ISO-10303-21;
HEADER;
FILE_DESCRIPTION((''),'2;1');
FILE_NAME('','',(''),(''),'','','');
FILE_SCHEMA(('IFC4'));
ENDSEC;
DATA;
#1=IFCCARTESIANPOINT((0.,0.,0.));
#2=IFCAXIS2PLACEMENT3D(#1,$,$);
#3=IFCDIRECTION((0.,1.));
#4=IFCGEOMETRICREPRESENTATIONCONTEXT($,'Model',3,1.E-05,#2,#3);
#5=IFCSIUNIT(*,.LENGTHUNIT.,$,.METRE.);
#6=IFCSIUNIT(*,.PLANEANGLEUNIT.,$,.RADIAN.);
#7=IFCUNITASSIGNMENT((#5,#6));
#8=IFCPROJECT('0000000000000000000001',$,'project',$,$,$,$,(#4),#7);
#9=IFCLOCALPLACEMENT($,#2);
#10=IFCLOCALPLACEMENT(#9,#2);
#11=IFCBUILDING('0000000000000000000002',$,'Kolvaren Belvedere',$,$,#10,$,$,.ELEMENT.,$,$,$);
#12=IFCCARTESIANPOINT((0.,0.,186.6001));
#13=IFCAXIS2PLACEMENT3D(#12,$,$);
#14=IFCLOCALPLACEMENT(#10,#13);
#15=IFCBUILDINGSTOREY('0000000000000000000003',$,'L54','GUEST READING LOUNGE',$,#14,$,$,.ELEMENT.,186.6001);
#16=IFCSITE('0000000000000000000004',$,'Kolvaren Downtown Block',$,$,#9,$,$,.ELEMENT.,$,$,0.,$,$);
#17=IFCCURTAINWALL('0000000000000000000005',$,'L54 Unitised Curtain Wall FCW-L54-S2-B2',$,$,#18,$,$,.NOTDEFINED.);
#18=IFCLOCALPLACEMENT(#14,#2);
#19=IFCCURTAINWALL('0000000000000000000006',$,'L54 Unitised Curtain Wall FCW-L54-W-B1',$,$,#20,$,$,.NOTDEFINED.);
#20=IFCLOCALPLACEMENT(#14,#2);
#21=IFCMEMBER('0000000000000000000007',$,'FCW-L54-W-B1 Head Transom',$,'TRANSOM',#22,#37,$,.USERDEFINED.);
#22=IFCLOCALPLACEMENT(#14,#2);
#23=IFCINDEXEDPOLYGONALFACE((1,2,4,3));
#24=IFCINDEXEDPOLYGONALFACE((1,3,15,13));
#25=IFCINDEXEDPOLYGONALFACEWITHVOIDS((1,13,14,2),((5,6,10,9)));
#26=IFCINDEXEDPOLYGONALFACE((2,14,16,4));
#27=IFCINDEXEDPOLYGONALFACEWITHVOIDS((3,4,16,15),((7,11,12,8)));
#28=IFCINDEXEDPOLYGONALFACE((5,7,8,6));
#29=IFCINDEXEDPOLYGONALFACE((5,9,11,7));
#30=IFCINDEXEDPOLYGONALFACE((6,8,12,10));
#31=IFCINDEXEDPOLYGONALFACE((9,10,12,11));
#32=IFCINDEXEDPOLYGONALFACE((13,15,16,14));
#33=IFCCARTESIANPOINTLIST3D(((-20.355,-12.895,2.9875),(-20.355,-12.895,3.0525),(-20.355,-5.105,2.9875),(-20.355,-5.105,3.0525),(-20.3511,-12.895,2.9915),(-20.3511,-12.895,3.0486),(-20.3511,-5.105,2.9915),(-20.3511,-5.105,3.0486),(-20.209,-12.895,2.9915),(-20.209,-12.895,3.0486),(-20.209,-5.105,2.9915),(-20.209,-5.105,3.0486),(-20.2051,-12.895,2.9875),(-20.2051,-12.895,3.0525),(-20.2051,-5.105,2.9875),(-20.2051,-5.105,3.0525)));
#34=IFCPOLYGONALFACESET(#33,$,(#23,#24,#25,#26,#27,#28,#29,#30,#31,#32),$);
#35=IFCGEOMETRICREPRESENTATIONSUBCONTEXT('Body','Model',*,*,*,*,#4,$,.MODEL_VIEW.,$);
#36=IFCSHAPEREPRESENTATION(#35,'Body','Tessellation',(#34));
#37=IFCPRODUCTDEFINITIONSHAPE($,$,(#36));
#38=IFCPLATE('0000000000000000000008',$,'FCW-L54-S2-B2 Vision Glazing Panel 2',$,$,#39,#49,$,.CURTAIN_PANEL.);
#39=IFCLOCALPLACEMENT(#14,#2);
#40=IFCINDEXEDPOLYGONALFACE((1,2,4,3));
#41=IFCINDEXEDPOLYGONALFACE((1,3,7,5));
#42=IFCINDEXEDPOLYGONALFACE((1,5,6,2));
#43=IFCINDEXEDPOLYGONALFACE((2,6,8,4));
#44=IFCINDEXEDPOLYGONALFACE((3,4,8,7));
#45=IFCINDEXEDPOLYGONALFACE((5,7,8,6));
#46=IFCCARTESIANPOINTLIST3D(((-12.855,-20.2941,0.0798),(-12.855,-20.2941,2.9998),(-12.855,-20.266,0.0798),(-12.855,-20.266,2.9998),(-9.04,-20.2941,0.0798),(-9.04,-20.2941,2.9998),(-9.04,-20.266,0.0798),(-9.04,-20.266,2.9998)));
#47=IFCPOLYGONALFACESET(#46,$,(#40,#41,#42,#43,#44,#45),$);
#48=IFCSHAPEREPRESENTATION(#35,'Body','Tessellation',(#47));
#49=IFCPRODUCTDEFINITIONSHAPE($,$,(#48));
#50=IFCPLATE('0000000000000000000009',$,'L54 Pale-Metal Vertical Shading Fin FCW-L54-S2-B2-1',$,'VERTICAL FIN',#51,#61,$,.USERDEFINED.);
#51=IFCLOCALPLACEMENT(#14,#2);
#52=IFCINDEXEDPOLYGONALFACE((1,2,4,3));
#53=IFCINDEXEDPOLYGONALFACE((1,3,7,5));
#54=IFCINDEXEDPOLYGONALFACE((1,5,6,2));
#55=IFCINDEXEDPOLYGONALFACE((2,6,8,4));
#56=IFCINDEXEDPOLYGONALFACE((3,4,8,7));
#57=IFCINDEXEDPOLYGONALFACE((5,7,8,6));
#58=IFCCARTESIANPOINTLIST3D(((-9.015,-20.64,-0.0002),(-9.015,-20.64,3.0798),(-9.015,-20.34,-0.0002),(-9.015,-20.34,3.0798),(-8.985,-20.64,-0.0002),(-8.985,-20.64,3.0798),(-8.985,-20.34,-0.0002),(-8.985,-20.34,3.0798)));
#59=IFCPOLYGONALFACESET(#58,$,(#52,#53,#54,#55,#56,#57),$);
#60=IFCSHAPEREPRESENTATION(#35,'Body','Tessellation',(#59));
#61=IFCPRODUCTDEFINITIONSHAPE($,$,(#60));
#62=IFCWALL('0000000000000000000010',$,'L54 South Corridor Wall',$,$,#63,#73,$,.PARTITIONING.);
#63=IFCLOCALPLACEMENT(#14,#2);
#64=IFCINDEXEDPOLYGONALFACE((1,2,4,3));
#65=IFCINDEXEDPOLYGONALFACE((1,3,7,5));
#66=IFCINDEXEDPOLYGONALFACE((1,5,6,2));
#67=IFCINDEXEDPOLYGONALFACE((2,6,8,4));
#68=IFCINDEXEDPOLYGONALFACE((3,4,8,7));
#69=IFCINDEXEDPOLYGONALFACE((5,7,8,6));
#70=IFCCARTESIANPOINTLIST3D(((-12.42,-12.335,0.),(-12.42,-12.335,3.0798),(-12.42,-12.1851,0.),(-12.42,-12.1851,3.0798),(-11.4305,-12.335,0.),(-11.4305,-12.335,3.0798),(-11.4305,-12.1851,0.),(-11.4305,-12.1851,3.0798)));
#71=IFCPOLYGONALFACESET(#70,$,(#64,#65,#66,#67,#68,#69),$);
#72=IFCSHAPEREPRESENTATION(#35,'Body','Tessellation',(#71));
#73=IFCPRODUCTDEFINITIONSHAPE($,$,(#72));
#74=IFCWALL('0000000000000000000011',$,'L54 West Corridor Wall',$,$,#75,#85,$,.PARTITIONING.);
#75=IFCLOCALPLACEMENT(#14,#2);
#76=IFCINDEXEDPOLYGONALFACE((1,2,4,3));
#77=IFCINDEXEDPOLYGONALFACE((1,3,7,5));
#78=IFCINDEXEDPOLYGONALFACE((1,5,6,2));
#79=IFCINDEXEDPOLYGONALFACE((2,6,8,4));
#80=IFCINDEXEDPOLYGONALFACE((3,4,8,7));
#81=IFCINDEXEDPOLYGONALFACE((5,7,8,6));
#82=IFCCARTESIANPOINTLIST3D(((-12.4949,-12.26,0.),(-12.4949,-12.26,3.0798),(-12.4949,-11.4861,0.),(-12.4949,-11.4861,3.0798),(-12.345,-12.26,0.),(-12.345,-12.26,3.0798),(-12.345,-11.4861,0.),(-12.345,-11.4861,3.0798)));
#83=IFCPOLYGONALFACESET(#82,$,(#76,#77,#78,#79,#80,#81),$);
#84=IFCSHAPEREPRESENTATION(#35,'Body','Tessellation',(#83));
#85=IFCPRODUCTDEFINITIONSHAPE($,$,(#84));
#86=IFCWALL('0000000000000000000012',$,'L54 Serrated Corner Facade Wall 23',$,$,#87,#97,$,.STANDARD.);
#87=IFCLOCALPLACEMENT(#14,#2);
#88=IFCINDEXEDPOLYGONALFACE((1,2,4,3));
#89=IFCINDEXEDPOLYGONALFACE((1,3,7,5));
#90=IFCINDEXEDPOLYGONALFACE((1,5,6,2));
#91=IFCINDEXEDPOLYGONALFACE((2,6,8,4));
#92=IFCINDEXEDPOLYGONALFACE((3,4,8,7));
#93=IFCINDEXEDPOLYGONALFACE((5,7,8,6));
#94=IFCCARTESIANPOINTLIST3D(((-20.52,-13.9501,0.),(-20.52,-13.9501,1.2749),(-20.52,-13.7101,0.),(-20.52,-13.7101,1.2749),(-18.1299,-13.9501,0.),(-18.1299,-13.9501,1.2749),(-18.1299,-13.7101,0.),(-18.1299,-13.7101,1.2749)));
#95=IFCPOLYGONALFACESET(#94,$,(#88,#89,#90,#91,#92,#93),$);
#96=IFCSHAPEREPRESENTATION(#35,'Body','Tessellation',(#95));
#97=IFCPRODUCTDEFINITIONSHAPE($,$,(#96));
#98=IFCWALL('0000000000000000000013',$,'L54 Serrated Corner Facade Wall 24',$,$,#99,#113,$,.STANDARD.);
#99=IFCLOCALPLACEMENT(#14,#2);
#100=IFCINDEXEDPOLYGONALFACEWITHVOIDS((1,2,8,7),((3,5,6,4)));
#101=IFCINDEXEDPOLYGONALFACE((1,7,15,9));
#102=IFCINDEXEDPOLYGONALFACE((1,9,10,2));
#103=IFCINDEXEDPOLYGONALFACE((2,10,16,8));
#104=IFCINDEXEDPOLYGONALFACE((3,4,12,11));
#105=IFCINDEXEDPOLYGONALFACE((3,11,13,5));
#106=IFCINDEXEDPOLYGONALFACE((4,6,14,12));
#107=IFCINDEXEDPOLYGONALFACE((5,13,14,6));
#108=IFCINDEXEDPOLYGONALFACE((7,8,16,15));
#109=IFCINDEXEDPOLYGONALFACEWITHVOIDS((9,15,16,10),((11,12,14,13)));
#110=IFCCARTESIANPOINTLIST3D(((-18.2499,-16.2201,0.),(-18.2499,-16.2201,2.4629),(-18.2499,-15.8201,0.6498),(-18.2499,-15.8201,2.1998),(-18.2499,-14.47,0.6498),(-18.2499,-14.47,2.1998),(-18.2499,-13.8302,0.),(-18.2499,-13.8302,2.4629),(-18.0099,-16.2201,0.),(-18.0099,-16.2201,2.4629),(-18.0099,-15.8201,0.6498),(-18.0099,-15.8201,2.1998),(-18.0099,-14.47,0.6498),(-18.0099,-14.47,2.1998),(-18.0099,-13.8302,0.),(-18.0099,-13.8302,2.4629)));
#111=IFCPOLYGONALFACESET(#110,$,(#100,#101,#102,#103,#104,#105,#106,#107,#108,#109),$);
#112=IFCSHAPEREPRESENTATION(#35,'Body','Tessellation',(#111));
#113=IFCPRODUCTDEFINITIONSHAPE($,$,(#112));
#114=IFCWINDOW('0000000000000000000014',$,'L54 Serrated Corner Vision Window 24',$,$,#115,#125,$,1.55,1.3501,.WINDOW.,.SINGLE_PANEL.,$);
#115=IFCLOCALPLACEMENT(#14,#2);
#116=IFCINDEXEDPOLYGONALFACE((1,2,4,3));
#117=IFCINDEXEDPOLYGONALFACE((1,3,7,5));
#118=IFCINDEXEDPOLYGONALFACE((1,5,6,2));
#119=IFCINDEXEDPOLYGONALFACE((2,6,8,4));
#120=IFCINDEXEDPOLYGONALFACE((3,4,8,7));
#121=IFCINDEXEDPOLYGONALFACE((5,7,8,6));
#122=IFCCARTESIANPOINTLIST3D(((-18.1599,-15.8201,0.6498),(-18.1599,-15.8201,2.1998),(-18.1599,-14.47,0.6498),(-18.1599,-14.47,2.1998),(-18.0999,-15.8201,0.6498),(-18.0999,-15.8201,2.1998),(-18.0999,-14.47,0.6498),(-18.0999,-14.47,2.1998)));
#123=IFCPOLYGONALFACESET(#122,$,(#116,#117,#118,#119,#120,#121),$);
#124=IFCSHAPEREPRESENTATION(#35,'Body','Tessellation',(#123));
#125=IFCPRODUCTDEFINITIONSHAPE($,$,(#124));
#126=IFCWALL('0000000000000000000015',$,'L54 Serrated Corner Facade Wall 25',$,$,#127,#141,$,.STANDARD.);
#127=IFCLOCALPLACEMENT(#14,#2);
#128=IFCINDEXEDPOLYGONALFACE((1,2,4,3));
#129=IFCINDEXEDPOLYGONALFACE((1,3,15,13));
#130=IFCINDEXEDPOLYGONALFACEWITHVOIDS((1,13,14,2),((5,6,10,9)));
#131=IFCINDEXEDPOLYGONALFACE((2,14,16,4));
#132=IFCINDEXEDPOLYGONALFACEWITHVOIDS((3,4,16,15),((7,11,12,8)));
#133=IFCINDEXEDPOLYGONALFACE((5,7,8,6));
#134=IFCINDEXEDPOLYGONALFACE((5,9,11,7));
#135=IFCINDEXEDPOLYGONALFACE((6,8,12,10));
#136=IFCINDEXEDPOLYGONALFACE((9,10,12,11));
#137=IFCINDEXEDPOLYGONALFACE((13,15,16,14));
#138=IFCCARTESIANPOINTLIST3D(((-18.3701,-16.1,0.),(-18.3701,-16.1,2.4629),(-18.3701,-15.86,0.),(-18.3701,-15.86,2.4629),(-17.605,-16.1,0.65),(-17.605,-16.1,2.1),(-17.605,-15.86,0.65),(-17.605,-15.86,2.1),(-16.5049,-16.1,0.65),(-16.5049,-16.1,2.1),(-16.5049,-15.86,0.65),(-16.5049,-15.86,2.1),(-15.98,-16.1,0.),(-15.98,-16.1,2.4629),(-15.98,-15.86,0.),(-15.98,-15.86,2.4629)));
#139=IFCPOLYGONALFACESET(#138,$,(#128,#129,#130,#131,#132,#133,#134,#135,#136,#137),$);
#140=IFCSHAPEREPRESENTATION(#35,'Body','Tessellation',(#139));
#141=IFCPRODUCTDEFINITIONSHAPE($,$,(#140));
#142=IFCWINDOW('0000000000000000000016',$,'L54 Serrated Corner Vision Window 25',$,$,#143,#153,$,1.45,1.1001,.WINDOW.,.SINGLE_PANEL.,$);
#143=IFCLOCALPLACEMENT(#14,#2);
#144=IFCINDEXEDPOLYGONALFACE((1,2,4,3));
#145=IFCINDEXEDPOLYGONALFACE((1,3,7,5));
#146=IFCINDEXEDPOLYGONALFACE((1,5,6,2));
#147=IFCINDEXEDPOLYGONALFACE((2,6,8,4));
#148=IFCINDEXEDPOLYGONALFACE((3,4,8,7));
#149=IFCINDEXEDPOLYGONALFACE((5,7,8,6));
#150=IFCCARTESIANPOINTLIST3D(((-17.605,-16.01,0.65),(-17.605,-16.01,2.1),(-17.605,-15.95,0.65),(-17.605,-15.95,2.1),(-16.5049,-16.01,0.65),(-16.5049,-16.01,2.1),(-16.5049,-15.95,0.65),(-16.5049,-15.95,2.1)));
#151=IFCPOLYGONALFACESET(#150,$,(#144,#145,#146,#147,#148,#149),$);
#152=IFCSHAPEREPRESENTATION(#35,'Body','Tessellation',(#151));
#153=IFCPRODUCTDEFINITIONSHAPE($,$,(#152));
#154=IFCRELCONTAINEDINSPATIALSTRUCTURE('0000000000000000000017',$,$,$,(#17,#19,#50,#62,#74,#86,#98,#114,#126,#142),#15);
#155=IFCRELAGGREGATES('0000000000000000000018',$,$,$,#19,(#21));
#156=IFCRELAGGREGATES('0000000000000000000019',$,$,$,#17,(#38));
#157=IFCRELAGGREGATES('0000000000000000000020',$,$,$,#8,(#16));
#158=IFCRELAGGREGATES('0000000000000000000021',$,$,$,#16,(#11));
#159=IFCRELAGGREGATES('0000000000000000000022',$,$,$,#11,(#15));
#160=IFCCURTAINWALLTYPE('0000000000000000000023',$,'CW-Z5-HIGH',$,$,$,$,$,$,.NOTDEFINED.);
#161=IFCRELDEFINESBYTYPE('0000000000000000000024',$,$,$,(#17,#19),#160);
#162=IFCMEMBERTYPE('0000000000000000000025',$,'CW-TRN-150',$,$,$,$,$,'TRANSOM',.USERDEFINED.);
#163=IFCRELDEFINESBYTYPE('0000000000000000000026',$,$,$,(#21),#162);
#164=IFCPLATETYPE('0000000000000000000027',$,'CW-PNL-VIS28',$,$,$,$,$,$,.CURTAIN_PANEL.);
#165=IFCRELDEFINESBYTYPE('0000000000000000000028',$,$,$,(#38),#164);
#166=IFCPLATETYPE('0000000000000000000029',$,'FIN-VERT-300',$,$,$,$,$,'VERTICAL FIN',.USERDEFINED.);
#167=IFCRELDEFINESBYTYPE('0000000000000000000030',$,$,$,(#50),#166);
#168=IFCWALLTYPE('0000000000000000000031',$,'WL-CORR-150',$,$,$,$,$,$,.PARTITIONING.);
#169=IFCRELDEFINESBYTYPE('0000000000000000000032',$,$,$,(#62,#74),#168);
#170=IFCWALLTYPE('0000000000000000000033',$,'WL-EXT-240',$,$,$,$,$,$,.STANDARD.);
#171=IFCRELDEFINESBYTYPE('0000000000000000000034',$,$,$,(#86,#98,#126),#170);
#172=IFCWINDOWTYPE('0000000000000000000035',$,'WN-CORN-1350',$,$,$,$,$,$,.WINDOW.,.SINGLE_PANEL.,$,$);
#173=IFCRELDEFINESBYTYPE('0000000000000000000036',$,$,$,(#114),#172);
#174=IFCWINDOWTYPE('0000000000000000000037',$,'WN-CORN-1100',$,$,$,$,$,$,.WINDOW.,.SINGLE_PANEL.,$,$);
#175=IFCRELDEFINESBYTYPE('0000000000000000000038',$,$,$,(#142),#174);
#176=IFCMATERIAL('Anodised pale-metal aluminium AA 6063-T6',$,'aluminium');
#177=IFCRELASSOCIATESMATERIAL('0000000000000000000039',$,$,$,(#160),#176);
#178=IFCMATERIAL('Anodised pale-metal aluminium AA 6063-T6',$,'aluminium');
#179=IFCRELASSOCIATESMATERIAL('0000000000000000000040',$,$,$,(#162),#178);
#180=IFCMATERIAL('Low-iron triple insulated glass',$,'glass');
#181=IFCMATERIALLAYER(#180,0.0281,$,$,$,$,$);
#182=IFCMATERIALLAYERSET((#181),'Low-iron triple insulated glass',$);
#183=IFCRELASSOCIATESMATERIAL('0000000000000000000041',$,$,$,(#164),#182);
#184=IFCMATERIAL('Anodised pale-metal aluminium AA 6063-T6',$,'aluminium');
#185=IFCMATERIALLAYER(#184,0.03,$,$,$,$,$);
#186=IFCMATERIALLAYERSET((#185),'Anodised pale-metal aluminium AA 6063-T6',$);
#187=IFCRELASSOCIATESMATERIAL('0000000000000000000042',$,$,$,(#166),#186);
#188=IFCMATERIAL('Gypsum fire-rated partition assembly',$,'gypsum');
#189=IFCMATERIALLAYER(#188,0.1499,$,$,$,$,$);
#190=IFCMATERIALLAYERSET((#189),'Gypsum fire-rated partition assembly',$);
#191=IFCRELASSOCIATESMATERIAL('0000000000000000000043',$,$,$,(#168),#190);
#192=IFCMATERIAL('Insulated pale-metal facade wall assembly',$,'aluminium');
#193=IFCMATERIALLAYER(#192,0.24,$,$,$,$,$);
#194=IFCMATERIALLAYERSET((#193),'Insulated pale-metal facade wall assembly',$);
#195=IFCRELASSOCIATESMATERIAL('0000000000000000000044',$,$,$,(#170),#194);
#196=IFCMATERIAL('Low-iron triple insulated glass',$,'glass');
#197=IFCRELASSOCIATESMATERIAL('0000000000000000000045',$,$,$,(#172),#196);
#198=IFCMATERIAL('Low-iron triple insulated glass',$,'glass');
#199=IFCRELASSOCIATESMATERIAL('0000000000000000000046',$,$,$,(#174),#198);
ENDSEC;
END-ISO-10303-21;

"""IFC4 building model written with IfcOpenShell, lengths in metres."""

from ifc_helpers import new_model, si_unit, direction, frame, frame_2d, origin, origin_2d, place, context, subcontext, project, spatial, rectangle, hollow_rectangle, extrude, material, layer, layer_set, material_profile, profile_set, type_object, element, fill, aggregate, save


model = new_model("IFC4")

# Units and contexts
model_context = context("Model", 3, precision=1e-05, world=origin(), true_north=direction((0.0, 1.0)))
body_context = subcontext(model_context, "Body", "Model", "MODEL_VIEW")
ifc_project = project(units=[si_unit("LENGTHUNIT", "METRE"), si_unit("PLANEANGLEUNIT", "RADIAN")], contexts=[model_context])

# Site, building, storey
site_placement = place(None, origin())
site = spatial("IfcSite", under=ifc_project, at=site_placement, Name="Kolvaren Downtown Block", CompositionType="ELEMENT", RefElevation=0.0)
building_placement = place(site_placement, origin())
building = spatial("IfcBuilding", under=site, at=building_placement, Name="Kolvaren Belvedere", CompositionType="ELEMENT")
storey_placement = place(building_placement, frame((0.0, 0.0, 186.6001)))
storey = spatial("IfcBuildingStorey", under=building, at=storey_placement, Name="L54", Description="GUEST READING LOUNGE", CompositionType="ELEMENT", Elevation=186.6001)

# Curtain walls, member
ifc_material_1 = material(Name="Anodised pale-metal aluminium AA 6063-T6", Category="aluminium")
curtain_wall_type = type_object("IfcCurtainWallType", Name="CW-Z5-HIGH", PredefinedType="NOTDEFINED", material=ifc_material_1)
curtain_wall_1_placement = place(storey_placement, origin())
curtain_wall_1 = element("IfcCurtainWall", 1, at=curtain_wall_1_placement, inside=storey, type_object=curtain_wall_type, Name="L54 Unitised Curtain Wall FCW-L54-S2-B2", PredefinedType="NOTDEFINED")
curtain_wall_2_placement = place(storey_placement, origin())
curtain_wall_2 = element("IfcCurtainWall", 2, at=curtain_wall_2_placement, inside=storey, type_object=curtain_wall_type, Name="L54 Unitised Curtain Wall FCW-L54-W-B1", PredefinedType="NOTDEFINED")
ifc_material_2 = material(Name="Anodised pale-metal aluminium AA 6063-T6", Category="aluminium")
ifc_material_profile_1 = material_profile(ifc_material_2, hollow_rectangle(XDim=0.0649, YDim=0.1499, WallThickness=0.0039, at=origin_2d()), Name="ALU-TRN-150X65")
ifc_profile_set_1 = profile_set([ifc_material_profile_1], Name="Anodised pale-metal aluminium AA 6063-T6")
member_type_1 = type_object("IfcMemberType", Name="CW-TRN-150", ElementType="TRANSOM", PredefinedType="USERDEFINED", material=ifc_profile_set_1)
member_1_placement = place(storey_placement, frame((-20.28, -12.895, 3.02), z_axis=(0.0, 1.0, 0.0), x_axis=(0.0, 0.0, 1.0)))
member_1 = element("IfcMember", 3, at=member_1_placement, type_object=member_type_1, Name="FCW-L54-W-B1 Head Transom", ObjectType="TRANSOM", PredefinedType="USERDEFINED", context=body_context, shape_type="SweptSolid", body=[
    extrude(hollow_rectangle(XDim=0.0649, YDim=0.1499, WallThickness=0.0039, at=origin_2d()), origin(), (0.0, 0.0, 1.0), 7.79),
])
aggregate(curtain_wall_2, [member_1])

# Plates
ifc_material_3 = material(Name="Low-iron triple insulated glass", Category="glass")
ifc_layer_1 = layer(ifc_material_3, 0.0281)
ifc_layer_set_1 = layer_set([ifc_layer_1], Name="Low-iron triple insulated glass")
plate_type_1 = type_object("IfcPlateType", Name="CW-PNL-VIS28", PredefinedType="CURTAIN_PANEL", material=ifc_layer_set_1)
plate_1_placement = place(storey_placement, frame((-10.9475, -20.28, 0.0798), z_axis=(0.0, 0.0, 1.0), x_axis=(-1.0, 0.0, 0.0)))
plate_1 = element("IfcPlate", 4, at=plate_1_placement, type_object=plate_type_1, Name="FCW-L54-S2-B2 Vision Glazing Panel 2", PredefinedType="CURTAIN_PANEL", context=body_context, shape_type="SweptSolid", body=[
    extrude(rectangle(XDim=3.8149, YDim=0.0281, at=origin_2d()), origin(), (0.0, 0.0, 1.0), 2.9199),
])
aggregate(curtain_wall_1, [plate_1])
ifc_material_4 = material(Name="Anodised pale-metal aluminium AA 6063-T6", Category="aluminium")
ifc_layer_2 = layer(ifc_material_4, 0.03)
ifc_layer_set_2 = layer_set([ifc_layer_2], Name="Anodised pale-metal aluminium AA 6063-T6")
plate_type_2 = type_object("IfcPlateType", Name="FIN-VERT-300", ElementType="VERTICAL FIN", PredefinedType="USERDEFINED", material=ifc_layer_set_2)
plate_2_placement = place(storey_placement, frame((-9.0, -20.49, -0.0002), z_axis=(0.0, 0.0, 1.0), x_axis=(0.0, 1.0, 0.0)))
element("IfcPlate", 5, at=plate_2_placement, inside=storey, type_object=plate_type_2, Name="L54 Pale-Metal Vertical Shading Fin FCW-L54-S2-B2-1", ObjectType="VERTICAL FIN", PredefinedType="USERDEFINED", context=body_context, shape_type="SweptSolid", body=[
    extrude(rectangle(XDim=0.3, YDim=0.03, at=origin_2d()), origin(), (0.0, 0.0, 1.0), 3.0801),
])

# Walls
ifc_material_5 = material(Name="Gypsum fire-rated partition assembly", Category="gypsum")
ifc_layer_3 = layer(ifc_material_5, 0.1499)
ifc_layer_set_3 = layer_set([ifc_layer_3], Name="Gypsum fire-rated partition assembly")
wall_type_1 = type_object("IfcWallType", Name="WL-CORR-150", PredefinedType="PARTITIONING", material=ifc_layer_set_3)
wall_1_placement = place(storey_placement, frame((-12.4199, -12.26, 0.0), z_axis=(0.0, 0.0, 1.0), x_axis=(1.0, 0.0, 0.0)))
element("IfcWall", 6, at=wall_1_placement, inside=storey, type_object=wall_type_1, Name="L54 South Corridor Wall", PredefinedType="PARTITIONING", context=body_context, shape_type="SweptSolid", body=[
    extrude(rectangle(XDim=0.9895, YDim=0.1499, at=frame_2d((0.4946, 0.0))), origin(), (0.0, 0.0, 1.0), 3.0798),
])
wall_2_placement = place(storey_placement, frame((-12.4199, -12.26, 0.0), z_axis=(0.0, 0.0, 1.0), x_axis=(0.0, 1.0, 0.0)))
element("IfcWall", 7, at=wall_2_placement, inside=storey, type_object=wall_type_1, Name="L54 West Corridor Wall", PredefinedType="PARTITIONING", context=body_context, shape_type="SweptSolid", body=[
    extrude(rectangle(XDim=0.7739, YDim=0.1499, at=frame_2d((0.387, 0.0))), origin(), (0.0, 0.0, 1.0), 3.0798),
])
ifc_material_6 = material(Name="Insulated pale-metal facade wall assembly", Category="aluminium")
ifc_layer_4 = layer(ifc_material_6, 0.24)
ifc_layer_set_4 = layer_set([ifc_layer_4], Name="Insulated pale-metal facade wall assembly")
wall_type_2 = type_object("IfcWallType", Name="WL-EXT-240", PredefinedType="STANDARD", material=ifc_layer_set_4)
wall_3_placement = place(storey_placement, frame((-18.1299, -13.8301, 0.0), z_axis=(0.0, 0.0, 1.0), x_axis=(-1.0, 0.0, 0.0)))
element("IfcWall", 8, at=wall_3_placement, inside=storey, type_object=wall_type_2, Name="L54 Serrated Corner Facade Wall 23", PredefinedType="STANDARD", context=body_context, shape_type="SweptSolid", body=[
    extrude(rectangle(XDim=2.3901, YDim=0.24, at=frame_2d((1.1951, 0.0))), origin(), (0.0, 0.0, 1.0), 1.2749),
])

# Walls, openings, windows
wall_4_placement = place(storey_placement, frame((-18.1299, -16.22, 0.0), z_axis=(0.0, 0.0, 1.0), x_axis=(0.0, 1.0, 0.0)))
wall_4 = element("IfcWall", 9, at=wall_4_placement, inside=storey, type_object=wall_type_2, Name="L54 Serrated Corner Facade Wall 24", PredefinedType="STANDARD", context=body_context, shape_type="SweptSolid", body=[
    extrude(rectangle(XDim=2.3899, YDim=0.24, at=frame_2d((1.1948, 0.0))), origin(), (0.0, 0.0, 1.0), 2.4629),
])
opening_1_placement = place(wall_4_placement, frame((0.3999, 0.0, 0.6499)))
opening_1 = element("IfcOpeningElement", 10, at=opening_1_placement, cuts=wall_4, PredefinedType="OPENING", context=body_context, shape_type="SweptSolid", body=[
    extrude(rectangle(XDim=1.3501, YDim=1.55, at=frame_2d((0.675, 0.7749))), frame((0.0, 0.1299, 0.0), z_axis=(0.0, -1.0, 0.0), x_axis=(1.0, 0.0, 0.0)), (0.0, 0.0, 1.0), 0.26),
])
ifc_material_7 = material(Name="Low-iron triple insulated glass", Category="glass")
window_type_1 = type_object("IfcWindowType", Name="WN-CORN-1350", PartitioningType="SINGLE_PANEL", PredefinedType="WINDOW", material=ifc_material_7)
window_1_placement = place(opening_1_placement, origin())
window_1 = element("IfcWindow", 11, at=window_1_placement, inside=storey, type_object=window_type_1, Name="L54 Serrated Corner Vision Window 24", OverallHeight=1.55, OverallWidth=1.3501, PartitioningType="SINGLE_PANEL", PredefinedType="WINDOW", context=body_context, shape_type="SweptSolid", body=[
    extrude(rectangle(XDim=1.3501, YDim=1.55, at=frame_2d((0.675, 0.7749))), frame((0.0, 0.03, 0.0), z_axis=(0.0, -1.0, 0.0), x_axis=(1.0, 0.0, 0.0)), (0.0, 0.0, 1.0), 0.0601),
])
fill(opening_1, window_1)
wall_5_placement = place(storey_placement, frame((-15.98, -15.98, 0.0), z_axis=(0.0, 0.0, 1.0), x_axis=(-1.0, 0.0, 0.0)))
wall_5 = element("IfcWall", 12, at=wall_5_placement, inside=storey, type_object=wall_type_2, Name="L54 Serrated Corner Facade Wall 25", PredefinedType="STANDARD", context=body_context, shape_type="SweptSolid", body=[
    extrude(rectangle(XDim=2.3901, YDim=0.24, at=frame_2d((1.1951, 0.0))), origin(), (0.0, 0.0, 1.0), 2.4629),
])
opening_2_placement = place(wall_5_placement, frame((0.5249, 0.0, 0.6499)))
opening_2 = element("IfcOpeningElement", 13, at=opening_2_placement, cuts=wall_5, PredefinedType="OPENING", context=body_context, shape_type="SweptSolid", body=[
    extrude(rectangle(XDim=1.1001, YDim=1.45, at=frame_2d((0.55, 0.7251))), frame((0.0, 0.1299, 0.0), z_axis=(0.0, -1.0, 0.0), x_axis=(1.0, 0.0, 0.0)), (0.0, 0.0, 1.0), 0.26),
])
ifc_material_8 = material(Name="Low-iron triple insulated glass", Category="glass")
window_type_2 = type_object("IfcWindowType", Name="WN-CORN-1100", PartitioningType="SINGLE_PANEL", PredefinedType="WINDOW", material=ifc_material_8)
window_2_placement = place(opening_2_placement, origin())
window_2 = element("IfcWindow", 14, at=window_2_placement, inside=storey, type_object=window_type_2, Name="L54 Serrated Corner Vision Window 25", OverallHeight=1.45, OverallWidth=1.1001, PartitioningType="SINGLE_PANEL", PredefinedType="WINDOW", context=body_context, shape_type="SweptSolid", body=[
    extrude(rectangle(XDim=1.1001, YDim=1.45, at=frame_2d((0.55, 0.7251))), frame((0.0, 0.03, 0.0), z_axis=(0.0, -1.0, 0.0), x_axis=(1.0, 0.0, 0.0)), (0.0, 0.0, 1.0), 0.0601),
])
fill(opening_2, window_2)

save(model, "model.ifc")
